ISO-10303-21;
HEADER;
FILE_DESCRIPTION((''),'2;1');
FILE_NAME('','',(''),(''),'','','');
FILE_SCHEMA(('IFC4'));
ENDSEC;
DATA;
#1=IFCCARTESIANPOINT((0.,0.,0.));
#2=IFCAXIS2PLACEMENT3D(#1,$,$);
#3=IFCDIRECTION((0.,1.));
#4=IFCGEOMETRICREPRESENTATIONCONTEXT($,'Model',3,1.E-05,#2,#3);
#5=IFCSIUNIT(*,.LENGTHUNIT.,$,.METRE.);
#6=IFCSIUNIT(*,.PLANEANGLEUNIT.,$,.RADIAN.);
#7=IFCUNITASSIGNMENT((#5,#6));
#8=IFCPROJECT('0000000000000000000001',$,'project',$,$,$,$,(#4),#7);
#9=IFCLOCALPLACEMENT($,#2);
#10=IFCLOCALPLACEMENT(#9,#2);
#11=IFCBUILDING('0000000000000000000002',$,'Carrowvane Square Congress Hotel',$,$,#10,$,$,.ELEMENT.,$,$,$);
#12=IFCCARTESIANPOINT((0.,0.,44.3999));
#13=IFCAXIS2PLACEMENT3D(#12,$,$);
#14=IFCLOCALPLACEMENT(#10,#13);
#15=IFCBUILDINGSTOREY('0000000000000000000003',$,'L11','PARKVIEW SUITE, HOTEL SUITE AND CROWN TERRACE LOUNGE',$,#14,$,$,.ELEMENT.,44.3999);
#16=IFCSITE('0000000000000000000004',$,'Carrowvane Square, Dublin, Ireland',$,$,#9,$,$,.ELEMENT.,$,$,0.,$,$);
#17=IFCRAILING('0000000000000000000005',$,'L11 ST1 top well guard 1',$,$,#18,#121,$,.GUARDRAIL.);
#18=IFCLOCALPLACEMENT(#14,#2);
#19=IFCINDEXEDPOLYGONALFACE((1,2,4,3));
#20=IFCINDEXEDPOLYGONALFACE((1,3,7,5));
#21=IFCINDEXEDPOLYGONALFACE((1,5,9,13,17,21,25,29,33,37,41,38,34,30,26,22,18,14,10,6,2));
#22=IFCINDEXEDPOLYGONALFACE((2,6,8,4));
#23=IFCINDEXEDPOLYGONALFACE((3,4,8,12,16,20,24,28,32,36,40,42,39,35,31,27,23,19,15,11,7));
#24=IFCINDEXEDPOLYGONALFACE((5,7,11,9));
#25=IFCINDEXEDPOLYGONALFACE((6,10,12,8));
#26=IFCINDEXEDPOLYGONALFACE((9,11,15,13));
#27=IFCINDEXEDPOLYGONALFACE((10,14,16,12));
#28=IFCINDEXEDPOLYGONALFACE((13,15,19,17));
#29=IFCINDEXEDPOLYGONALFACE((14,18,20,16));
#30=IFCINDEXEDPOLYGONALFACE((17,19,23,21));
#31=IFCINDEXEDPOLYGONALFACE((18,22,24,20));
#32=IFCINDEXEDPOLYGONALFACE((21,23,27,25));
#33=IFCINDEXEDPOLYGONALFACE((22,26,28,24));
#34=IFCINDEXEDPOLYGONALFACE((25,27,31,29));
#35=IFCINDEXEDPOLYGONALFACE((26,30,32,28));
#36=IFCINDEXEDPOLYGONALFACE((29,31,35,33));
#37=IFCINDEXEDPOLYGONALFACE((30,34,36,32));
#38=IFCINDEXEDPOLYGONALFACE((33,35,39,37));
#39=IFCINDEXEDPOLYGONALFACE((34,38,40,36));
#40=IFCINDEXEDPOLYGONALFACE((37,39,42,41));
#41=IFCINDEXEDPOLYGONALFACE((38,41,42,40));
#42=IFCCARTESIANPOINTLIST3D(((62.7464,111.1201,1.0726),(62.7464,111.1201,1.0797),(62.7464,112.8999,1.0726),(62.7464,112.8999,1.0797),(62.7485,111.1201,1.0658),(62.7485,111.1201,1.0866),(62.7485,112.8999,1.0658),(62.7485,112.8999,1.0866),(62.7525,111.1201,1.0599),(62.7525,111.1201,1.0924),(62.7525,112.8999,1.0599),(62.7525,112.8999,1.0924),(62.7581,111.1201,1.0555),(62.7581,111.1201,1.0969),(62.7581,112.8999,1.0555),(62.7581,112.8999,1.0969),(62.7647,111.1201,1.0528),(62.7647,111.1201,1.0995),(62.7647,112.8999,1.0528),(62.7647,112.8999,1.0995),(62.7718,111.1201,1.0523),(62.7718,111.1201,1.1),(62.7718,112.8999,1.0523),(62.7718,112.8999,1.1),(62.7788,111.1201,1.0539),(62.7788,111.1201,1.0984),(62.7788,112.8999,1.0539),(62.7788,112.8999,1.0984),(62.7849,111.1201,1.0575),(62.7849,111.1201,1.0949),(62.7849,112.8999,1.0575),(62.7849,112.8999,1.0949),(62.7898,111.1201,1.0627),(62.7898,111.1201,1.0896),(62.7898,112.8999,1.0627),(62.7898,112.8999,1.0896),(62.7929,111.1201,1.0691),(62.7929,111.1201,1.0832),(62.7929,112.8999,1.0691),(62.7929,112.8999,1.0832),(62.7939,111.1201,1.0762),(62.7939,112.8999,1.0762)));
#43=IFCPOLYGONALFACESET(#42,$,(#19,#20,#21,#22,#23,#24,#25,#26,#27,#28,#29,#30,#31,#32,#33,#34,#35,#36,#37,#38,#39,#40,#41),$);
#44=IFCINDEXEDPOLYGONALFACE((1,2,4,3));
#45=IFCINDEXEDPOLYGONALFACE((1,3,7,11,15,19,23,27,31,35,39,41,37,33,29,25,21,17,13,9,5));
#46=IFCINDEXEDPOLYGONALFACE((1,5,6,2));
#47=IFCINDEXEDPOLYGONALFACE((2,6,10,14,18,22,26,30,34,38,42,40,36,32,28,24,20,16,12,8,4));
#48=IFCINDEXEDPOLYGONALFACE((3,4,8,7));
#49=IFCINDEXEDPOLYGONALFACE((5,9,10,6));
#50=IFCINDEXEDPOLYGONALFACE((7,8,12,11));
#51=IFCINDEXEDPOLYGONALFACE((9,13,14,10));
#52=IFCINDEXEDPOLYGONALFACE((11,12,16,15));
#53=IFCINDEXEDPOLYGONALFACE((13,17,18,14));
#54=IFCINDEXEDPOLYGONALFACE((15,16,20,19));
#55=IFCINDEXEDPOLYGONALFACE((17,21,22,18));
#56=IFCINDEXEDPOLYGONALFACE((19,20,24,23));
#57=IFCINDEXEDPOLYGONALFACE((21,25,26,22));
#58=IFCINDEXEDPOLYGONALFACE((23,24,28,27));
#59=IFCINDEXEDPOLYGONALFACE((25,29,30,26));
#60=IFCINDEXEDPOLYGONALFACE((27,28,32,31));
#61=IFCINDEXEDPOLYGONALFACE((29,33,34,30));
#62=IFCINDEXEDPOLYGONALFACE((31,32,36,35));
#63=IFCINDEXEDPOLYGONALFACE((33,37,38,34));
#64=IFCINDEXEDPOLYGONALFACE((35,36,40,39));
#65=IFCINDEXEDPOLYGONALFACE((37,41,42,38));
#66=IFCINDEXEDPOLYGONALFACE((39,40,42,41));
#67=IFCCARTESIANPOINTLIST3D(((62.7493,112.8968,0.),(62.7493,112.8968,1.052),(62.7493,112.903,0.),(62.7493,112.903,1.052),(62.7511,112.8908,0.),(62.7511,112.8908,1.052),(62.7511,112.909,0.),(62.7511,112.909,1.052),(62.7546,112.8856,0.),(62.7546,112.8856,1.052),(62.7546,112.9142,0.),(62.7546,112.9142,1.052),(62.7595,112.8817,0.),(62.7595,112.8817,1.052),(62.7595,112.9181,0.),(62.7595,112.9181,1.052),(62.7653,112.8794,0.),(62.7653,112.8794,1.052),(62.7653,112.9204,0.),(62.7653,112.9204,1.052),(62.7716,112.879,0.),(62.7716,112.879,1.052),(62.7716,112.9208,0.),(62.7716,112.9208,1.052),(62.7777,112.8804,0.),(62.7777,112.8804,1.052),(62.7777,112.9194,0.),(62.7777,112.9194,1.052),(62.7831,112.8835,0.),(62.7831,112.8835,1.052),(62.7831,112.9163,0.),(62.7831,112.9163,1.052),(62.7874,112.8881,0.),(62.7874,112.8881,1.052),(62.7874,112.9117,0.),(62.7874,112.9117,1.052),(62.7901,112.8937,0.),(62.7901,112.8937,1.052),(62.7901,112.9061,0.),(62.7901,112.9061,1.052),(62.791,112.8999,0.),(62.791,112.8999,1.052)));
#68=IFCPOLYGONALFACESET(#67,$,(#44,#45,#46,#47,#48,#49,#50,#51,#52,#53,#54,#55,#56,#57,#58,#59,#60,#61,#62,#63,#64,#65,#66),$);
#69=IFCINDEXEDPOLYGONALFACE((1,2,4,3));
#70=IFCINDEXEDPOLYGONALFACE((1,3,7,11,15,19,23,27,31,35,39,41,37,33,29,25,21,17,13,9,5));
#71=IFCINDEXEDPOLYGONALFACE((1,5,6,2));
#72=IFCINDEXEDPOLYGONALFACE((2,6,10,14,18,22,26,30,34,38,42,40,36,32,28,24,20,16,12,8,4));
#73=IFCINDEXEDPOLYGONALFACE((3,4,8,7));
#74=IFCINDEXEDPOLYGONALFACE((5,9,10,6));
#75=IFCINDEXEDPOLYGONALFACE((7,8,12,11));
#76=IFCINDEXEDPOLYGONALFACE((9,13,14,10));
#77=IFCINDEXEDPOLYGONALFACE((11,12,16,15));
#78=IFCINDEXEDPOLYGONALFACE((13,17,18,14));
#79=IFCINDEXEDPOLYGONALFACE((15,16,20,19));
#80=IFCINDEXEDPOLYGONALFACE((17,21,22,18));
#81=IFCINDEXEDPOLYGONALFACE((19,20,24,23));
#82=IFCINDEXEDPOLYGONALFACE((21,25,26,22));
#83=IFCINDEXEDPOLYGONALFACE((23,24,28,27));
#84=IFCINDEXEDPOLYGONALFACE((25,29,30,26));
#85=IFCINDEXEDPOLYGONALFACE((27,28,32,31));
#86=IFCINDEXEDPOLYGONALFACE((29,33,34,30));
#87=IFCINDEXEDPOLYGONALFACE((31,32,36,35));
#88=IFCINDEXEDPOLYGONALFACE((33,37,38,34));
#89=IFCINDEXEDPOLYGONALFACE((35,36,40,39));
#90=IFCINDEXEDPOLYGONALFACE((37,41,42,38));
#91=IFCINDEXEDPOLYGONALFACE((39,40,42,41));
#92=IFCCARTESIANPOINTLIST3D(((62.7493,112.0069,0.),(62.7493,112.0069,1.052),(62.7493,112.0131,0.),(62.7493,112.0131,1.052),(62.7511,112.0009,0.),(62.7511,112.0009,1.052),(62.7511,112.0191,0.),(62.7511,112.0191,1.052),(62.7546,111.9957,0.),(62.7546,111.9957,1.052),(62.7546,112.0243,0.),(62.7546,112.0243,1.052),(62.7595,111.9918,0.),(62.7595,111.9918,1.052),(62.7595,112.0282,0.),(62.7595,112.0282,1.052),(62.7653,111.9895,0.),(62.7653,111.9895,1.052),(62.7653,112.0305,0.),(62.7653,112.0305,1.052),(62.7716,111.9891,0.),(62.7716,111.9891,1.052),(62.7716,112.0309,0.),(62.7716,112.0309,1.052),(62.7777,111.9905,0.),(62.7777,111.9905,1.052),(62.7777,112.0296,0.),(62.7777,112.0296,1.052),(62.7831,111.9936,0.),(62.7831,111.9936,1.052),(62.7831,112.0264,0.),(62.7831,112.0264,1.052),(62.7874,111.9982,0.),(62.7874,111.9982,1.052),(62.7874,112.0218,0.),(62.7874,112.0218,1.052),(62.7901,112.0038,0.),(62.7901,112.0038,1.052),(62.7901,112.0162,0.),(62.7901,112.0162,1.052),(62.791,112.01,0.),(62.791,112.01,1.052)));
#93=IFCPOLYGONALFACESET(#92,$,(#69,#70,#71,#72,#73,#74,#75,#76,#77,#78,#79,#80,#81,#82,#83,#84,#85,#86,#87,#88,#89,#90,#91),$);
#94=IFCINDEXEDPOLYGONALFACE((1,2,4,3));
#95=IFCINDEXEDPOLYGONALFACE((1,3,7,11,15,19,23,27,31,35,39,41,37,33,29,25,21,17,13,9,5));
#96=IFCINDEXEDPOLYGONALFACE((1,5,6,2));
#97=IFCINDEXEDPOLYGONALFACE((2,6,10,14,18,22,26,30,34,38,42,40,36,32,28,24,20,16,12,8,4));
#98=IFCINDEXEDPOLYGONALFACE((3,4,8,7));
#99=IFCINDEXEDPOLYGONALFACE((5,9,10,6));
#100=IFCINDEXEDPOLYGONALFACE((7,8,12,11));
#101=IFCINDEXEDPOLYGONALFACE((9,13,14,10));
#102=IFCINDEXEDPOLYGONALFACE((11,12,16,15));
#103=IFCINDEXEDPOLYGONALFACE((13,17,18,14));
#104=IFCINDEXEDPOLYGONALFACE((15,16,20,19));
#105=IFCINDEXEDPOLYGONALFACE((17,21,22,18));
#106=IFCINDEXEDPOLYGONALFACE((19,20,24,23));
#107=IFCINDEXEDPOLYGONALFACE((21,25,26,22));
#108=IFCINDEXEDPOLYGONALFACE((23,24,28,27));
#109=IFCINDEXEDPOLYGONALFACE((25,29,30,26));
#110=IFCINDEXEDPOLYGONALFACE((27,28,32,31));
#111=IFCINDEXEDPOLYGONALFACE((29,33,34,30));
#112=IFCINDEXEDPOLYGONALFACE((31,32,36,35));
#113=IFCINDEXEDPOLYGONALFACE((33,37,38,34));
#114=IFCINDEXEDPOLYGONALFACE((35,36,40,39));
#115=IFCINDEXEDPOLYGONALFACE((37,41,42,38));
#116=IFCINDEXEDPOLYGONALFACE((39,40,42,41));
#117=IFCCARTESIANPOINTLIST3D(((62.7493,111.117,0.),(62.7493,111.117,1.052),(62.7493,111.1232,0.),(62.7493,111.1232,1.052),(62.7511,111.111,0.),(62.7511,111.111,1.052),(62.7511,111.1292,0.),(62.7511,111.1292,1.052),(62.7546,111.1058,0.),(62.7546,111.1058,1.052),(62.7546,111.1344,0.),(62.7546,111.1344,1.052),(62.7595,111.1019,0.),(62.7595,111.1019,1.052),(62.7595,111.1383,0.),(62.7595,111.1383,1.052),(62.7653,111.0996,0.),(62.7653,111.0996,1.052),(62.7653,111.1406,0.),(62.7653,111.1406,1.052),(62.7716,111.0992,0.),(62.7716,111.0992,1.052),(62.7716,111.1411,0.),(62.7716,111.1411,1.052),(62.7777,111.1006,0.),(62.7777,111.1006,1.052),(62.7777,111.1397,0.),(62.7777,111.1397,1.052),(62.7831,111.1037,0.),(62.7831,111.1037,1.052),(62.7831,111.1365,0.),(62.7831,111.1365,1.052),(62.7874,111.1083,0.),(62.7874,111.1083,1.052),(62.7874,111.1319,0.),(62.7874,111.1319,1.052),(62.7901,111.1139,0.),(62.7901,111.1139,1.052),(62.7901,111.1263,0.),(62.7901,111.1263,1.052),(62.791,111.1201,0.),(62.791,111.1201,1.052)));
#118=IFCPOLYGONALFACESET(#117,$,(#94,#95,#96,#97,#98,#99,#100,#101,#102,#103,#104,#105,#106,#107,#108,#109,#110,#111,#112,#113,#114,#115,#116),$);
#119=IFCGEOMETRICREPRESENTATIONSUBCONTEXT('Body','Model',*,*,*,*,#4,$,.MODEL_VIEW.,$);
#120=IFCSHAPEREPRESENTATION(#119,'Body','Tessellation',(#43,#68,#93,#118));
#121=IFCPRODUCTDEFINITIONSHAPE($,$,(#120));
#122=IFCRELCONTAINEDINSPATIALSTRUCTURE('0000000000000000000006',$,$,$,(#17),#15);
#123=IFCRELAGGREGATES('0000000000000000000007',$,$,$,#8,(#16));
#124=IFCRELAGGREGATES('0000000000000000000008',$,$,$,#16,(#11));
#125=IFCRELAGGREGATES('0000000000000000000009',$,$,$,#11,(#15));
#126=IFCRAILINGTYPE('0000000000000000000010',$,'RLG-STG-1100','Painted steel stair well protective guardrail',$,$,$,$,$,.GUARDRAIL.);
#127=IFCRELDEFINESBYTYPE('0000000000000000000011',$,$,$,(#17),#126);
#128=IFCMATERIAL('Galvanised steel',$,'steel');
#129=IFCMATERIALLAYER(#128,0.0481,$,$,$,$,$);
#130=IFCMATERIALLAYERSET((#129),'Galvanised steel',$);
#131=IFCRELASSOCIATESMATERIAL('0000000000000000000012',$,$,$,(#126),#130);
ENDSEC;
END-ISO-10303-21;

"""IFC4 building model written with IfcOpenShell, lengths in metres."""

from ifc_helpers import new_model, si_unit, direction, frame, origin, origin_2d, place, context, subcontext, project, spatial, circle, extrude, material, layer, layer_set, type_object, element, save


model = new_model("IFC4")

# Units and contexts
model_context = context("Model", 3, precision=1e-05, world=origin(), true_north=direction((0.0, 1.0)))
body_context = subcontext(model_context, "Body", "Model", "MODEL_VIEW")
ifc_project = project(units=[si_unit("LENGTHUNIT", "METRE"), si_unit("PLANEANGLEUNIT", "RADIAN")], contexts=[model_context])

# Site, building, storey
site_placement = place(None, origin())
site = spatial("IfcSite", under=ifc_project, at=site_placement, Name="Carrowvane Square, Dublin, Ireland", CompositionType="ELEMENT", RefElevation=0.0)
building_placement = place(site_placement, origin())
building = spatial("IfcBuilding", under=site, at=building_placement, Name="Carrowvane Square Congress Hotel", CompositionType="ELEMENT")
storey_placement = place(building_placement, frame((0.0, 0.0, 44.3999)))
storey = spatial("IfcBuildingStorey", under=building, at=storey_placement, Name="L11", Description="PARKVIEW SUITE, HOTEL SUITE AND CROWN TERRACE LOUNGE", CompositionType="ELEMENT", Elevation=44.3999)

# Railing
ifc_material_1 = material(Name="Galvanised steel", Category="steel")
ifc_layer_1 = layer(ifc_material_1, 0.0481)
ifc_layer_set_1 = layer_set([ifc_layer_1], Name="Galvanised steel")
railing_type = type_object("IfcRailingType", Name="RLG-STG-1100", Description="Painted steel stair well protective guardrail", PredefinedType="GUARDRAIL", material=ifc_layer_set_1)
railing_placement = place(storey_placement, frame((62.77, 112.8999, 0.0)))
element("IfcRailing", 1, at=railing_placement, inside=storey, type_object=railing_type, Name="L11 ST1 top well guard 1", PredefinedType="GUARDRAIL", context=body_context, shape_type="SweptSolid", body=[
    extrude(circle(Radius=0.0239, at=origin_2d()), frame((0.0, 0.0, 1.0762), z_axis=(0.0, -1.0, 0.0), x_axis=(1.0, 0.0, 0.0)), (0.0, 0.0, 1.0), 1.7798),
    extrude(circle(Radius=0.021, at=origin_2d()), origin(), (0.0, 0.0, 1.0), 1.052),
    extrude(circle(Radius=0.021, at=origin_2d()), frame((0.0, -0.8899, 0.0)), (0.0, 0.0, 1.0), 1.052),
    extrude(circle(Radius=0.021, at=origin_2d()), frame((0.0, -1.7798, 0.0)), (0.0, 0.0, 1.0), 1.052),
])

save(model, "model.ifc")
